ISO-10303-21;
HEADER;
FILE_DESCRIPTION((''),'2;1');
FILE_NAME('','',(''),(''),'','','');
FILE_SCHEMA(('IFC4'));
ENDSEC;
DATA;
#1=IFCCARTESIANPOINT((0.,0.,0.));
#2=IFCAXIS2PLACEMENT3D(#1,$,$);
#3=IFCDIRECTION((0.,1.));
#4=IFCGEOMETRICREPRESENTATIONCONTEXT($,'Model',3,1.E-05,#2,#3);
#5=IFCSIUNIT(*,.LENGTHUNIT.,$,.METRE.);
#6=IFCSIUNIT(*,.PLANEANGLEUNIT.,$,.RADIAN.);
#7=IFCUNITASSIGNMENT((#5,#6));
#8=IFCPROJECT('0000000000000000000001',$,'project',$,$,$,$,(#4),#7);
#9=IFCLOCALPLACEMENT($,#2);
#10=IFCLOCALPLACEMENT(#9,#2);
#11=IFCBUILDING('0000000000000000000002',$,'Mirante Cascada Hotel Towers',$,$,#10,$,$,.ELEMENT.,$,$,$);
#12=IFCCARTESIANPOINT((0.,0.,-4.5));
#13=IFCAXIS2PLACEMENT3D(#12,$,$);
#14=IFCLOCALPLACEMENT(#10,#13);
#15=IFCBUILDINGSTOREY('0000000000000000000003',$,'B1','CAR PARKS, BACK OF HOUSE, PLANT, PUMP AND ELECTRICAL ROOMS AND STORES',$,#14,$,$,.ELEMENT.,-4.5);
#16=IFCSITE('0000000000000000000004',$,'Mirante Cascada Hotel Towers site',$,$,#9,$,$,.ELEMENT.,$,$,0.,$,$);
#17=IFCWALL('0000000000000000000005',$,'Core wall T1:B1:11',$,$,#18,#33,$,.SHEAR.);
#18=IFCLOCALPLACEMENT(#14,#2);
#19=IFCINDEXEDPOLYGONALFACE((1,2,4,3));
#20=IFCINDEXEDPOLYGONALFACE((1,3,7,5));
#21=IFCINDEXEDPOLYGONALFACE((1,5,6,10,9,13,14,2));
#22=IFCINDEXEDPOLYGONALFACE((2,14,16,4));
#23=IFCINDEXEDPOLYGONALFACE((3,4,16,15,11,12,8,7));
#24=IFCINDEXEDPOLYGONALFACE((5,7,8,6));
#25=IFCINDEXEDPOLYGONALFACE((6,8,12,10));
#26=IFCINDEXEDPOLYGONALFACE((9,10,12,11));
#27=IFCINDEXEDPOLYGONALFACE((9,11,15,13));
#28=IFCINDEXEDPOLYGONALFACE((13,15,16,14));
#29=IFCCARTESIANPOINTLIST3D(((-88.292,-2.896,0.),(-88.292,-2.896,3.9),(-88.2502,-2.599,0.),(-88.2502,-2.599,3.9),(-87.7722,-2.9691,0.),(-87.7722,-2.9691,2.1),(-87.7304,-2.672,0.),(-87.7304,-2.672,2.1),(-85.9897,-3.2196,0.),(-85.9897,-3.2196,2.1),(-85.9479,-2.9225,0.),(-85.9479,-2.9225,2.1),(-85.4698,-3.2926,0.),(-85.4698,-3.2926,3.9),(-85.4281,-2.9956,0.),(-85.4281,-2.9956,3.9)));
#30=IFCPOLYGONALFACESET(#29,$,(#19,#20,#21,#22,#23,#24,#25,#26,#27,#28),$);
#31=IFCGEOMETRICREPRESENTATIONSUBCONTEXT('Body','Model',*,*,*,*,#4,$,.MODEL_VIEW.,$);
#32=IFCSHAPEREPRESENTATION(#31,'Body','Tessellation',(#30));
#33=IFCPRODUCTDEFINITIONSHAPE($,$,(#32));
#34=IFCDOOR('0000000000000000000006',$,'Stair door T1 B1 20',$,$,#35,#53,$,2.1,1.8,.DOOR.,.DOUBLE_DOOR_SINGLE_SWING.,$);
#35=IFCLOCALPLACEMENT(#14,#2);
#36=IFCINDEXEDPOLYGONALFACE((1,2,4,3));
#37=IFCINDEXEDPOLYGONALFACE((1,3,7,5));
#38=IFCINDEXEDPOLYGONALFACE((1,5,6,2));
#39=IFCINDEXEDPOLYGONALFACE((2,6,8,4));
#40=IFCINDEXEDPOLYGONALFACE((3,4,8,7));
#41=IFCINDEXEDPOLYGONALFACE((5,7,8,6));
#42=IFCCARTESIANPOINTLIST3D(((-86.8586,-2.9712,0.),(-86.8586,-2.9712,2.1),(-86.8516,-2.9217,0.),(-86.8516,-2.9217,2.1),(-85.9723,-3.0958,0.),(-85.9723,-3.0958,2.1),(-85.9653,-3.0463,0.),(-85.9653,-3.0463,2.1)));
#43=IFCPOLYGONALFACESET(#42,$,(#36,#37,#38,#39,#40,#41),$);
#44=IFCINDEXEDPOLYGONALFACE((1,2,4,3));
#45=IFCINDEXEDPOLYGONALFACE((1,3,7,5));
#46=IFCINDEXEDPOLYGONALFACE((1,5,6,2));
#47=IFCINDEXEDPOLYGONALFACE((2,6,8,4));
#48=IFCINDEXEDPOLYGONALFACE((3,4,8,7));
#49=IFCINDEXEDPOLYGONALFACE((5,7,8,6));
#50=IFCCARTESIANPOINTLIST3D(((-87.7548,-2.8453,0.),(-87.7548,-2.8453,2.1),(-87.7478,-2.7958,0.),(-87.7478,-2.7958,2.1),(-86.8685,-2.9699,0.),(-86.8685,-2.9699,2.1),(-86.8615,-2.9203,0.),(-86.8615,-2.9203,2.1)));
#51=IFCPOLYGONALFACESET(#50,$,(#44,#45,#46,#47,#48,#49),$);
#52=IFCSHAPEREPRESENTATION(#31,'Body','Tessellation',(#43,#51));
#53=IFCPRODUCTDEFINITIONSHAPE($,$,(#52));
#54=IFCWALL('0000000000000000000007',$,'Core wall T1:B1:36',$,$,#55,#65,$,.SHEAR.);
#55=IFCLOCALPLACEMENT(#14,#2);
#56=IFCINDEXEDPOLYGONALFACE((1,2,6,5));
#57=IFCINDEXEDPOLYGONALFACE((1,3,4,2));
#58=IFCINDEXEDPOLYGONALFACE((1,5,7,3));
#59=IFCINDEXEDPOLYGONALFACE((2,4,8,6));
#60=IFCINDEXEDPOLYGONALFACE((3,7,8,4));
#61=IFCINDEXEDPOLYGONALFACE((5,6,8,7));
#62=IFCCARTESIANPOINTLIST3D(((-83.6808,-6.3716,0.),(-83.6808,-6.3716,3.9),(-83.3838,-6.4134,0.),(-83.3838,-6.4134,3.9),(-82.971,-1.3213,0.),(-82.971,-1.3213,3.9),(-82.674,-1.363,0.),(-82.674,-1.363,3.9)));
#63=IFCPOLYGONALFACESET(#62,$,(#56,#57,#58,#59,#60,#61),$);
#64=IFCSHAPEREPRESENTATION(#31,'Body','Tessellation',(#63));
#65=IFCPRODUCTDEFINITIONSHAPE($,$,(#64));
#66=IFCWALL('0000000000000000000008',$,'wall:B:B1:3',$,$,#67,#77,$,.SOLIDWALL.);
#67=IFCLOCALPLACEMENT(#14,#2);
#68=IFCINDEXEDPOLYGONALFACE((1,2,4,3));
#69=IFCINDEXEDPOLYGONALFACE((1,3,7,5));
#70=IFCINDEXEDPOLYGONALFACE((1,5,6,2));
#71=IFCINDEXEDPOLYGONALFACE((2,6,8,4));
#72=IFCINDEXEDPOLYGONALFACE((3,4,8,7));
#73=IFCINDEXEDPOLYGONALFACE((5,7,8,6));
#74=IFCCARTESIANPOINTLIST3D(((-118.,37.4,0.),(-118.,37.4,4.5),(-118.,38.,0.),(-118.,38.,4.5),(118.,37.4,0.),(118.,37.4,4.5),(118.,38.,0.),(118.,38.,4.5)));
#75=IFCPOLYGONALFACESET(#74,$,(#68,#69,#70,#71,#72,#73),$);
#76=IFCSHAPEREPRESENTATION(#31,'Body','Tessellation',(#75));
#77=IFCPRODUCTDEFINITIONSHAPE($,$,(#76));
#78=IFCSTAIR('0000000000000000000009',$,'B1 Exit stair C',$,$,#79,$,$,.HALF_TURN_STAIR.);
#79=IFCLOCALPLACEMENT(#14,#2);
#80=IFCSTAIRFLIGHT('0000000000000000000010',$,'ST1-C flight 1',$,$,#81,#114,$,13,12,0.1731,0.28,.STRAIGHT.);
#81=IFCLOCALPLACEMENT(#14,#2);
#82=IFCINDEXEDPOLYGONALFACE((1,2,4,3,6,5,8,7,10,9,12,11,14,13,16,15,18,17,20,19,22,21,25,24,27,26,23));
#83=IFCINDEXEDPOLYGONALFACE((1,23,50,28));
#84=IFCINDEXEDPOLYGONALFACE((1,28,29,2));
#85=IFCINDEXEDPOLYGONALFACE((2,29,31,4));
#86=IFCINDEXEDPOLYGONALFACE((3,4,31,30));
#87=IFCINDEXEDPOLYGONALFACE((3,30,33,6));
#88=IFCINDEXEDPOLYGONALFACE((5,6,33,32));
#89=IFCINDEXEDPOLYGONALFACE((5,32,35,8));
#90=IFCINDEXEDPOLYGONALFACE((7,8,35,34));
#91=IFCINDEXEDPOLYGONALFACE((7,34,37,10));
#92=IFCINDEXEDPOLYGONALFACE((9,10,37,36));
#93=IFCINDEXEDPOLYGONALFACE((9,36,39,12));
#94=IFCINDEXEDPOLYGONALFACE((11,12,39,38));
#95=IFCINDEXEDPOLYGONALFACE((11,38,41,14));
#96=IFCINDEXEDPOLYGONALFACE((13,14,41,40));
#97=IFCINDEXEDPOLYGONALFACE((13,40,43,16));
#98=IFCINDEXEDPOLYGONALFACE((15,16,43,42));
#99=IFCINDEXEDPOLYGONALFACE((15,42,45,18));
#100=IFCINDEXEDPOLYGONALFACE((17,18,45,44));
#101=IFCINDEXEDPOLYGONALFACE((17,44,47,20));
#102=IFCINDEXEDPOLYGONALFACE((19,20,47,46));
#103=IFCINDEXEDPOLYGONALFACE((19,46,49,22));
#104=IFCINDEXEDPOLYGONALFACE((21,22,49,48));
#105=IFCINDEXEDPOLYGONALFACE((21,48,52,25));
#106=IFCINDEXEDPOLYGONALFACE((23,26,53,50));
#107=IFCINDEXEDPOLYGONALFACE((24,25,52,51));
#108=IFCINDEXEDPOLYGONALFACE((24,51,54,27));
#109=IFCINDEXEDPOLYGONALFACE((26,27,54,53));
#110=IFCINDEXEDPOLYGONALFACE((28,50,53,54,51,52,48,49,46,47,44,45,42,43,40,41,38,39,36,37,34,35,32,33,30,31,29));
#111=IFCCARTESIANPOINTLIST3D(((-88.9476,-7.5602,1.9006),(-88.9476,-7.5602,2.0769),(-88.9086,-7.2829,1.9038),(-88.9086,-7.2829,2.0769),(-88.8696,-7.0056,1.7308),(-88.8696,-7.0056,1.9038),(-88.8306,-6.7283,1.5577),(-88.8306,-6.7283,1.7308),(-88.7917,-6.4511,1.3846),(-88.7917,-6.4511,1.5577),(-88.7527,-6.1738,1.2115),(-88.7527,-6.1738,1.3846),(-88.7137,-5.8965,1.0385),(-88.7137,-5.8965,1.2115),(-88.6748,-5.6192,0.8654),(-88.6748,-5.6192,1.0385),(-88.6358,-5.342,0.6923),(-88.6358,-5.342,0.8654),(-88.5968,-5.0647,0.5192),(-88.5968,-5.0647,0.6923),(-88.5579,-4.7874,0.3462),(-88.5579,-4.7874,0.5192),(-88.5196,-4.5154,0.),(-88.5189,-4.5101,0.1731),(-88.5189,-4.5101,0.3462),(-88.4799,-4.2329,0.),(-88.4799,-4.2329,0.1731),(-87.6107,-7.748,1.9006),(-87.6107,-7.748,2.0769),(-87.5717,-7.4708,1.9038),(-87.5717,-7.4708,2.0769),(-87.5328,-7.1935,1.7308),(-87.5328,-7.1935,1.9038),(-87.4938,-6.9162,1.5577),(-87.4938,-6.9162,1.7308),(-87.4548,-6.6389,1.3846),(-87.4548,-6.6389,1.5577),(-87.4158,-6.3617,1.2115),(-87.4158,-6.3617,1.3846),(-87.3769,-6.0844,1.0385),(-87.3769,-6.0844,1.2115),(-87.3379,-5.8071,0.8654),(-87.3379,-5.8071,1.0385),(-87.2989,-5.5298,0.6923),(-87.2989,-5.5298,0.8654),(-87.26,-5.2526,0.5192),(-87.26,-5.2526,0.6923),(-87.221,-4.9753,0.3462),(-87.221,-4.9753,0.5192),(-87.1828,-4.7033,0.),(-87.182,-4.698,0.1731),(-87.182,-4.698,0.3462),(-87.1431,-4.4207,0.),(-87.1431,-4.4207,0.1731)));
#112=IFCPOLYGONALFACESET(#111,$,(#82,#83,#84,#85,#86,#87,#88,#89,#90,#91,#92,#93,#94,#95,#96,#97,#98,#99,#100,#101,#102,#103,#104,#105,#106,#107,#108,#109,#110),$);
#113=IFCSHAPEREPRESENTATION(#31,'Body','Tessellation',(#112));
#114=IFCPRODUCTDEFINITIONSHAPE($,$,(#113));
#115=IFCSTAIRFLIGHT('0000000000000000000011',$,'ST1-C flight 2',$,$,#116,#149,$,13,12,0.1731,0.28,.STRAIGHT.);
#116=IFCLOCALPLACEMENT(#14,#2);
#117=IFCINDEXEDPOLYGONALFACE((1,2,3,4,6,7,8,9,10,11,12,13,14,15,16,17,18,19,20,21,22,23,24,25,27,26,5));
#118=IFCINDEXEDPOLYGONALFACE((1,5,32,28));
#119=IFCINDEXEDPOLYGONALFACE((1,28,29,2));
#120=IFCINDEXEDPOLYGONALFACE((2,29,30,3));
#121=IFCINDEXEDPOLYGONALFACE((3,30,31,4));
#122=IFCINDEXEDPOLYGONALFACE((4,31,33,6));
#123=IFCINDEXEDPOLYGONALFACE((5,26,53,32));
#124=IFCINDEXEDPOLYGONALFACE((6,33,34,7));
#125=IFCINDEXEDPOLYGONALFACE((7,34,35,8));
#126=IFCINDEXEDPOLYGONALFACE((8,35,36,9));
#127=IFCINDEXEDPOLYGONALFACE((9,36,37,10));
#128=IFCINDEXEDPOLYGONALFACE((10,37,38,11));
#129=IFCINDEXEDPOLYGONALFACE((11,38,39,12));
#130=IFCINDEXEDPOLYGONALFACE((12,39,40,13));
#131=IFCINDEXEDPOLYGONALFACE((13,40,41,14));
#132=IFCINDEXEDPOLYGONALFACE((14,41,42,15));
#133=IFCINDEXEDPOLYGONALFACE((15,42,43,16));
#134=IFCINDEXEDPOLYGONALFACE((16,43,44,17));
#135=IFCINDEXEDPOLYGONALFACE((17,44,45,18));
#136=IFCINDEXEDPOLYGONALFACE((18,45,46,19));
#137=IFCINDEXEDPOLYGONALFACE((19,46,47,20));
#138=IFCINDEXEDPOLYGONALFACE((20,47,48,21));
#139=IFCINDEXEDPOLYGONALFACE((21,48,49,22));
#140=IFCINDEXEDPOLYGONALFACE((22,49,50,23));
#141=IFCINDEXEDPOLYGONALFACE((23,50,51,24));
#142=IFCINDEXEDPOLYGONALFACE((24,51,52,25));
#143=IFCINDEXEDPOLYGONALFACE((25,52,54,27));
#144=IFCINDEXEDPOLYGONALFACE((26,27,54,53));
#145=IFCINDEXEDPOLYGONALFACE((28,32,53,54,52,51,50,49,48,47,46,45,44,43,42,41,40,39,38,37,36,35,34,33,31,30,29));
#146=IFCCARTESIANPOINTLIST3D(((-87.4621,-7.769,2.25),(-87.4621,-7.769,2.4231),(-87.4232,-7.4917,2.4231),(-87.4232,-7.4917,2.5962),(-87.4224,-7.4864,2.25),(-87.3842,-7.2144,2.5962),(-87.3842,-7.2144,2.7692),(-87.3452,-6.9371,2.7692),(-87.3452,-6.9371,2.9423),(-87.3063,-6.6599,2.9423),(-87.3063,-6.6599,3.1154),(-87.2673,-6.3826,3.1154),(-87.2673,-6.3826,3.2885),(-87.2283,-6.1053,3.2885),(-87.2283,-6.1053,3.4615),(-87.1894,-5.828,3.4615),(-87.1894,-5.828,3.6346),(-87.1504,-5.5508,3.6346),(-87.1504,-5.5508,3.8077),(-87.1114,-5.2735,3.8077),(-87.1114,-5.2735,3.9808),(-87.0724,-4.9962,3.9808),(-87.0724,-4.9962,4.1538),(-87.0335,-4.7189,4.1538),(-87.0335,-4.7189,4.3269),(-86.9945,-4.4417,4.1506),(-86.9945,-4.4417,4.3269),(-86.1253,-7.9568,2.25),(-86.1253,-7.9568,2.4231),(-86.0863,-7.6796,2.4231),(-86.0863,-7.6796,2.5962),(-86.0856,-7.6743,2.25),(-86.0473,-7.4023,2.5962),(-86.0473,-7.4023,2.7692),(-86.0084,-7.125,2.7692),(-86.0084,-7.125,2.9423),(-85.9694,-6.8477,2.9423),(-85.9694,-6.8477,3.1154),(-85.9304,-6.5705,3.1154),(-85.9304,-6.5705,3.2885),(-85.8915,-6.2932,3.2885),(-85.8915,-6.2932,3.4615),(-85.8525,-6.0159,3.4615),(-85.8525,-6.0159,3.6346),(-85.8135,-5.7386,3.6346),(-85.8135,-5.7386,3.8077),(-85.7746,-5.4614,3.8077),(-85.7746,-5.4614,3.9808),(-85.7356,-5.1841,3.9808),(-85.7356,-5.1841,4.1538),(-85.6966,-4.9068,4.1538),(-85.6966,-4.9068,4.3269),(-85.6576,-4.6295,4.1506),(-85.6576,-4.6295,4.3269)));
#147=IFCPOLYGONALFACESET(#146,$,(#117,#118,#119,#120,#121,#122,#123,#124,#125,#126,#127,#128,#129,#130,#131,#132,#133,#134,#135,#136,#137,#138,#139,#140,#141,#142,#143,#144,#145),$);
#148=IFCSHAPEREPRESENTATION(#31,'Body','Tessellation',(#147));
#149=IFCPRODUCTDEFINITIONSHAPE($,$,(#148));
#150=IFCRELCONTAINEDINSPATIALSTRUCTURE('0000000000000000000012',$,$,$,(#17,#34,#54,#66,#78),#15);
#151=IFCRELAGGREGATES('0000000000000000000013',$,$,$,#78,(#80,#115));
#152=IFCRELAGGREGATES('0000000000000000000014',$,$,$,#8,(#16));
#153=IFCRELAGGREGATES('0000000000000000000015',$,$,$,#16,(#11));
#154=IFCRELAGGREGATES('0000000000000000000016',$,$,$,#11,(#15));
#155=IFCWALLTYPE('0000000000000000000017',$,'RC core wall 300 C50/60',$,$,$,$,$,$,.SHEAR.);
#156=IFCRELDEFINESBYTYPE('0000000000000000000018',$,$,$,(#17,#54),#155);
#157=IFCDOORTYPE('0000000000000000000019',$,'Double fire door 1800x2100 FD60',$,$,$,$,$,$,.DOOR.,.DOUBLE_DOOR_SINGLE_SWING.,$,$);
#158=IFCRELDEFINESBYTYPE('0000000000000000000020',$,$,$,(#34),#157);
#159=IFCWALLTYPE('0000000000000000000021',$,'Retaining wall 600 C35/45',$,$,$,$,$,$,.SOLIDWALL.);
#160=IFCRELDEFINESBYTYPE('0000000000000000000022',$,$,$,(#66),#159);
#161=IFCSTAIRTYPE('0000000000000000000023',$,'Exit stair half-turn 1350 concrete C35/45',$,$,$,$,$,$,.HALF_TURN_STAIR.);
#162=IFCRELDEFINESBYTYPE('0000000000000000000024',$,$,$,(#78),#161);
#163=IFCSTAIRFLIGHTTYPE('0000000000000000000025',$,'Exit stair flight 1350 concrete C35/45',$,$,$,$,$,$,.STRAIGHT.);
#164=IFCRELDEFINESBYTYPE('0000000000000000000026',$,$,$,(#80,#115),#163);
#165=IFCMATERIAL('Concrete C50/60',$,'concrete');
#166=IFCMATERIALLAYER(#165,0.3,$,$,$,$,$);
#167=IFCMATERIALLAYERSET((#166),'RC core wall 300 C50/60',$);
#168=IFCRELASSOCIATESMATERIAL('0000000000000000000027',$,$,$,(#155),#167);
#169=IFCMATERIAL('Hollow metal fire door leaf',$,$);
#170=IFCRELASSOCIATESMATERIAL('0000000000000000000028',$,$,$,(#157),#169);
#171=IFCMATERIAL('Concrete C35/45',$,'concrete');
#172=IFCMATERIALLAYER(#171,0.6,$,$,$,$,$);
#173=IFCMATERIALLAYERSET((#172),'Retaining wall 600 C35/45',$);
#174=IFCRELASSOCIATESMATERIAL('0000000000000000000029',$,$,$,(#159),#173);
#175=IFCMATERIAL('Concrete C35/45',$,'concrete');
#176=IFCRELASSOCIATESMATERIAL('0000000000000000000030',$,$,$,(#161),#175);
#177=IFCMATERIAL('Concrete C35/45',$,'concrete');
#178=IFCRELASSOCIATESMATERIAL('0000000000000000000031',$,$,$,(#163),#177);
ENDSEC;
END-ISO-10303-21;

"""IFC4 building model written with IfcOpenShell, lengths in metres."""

from ifc_helpers import new_model, si_unit, direction, frame, frame_2d, origin, place, context, subcontext, project, spatial, polyline, rectangle, outline, extrude, material, layer, layer_set, type_object, element, fill, aggregate, save


model = new_model("IFC4")

# Units and contexts
model_context = context("Model", 3, precision=1e-05, world=origin(), true_north=direction((0.0, 1.0)))
body_context = subcontext(model_context, "Body", "Model", "MODEL_VIEW")
ifc_project = project(units=[si_unit("LENGTHUNIT", "METRE"), si_unit("PLANEANGLEUNIT", "RADIAN")], contexts=[model_context])

# Site, building, storey
site_placement = place(None, origin())
site = spatial("IfcSite", under=ifc_project, at=site_placement, Name="Mirante Cascada Hotel Towers site", CompositionType="ELEMENT", RefElevation=0.0)
building_placement = place(site_placement, origin())
building = spatial("IfcBuilding", under=site, at=building_placement, Name="Mirante Cascada Hotel Towers", CompositionType="ELEMENT")
storey_placement = place(building_placement, frame((0.0, 0.0, -4.5)))
storey = spatial("IfcBuildingStorey", under=building, at=storey_placement, Name="B1", Description="CAR PARKS, BACK OF HOUSE, PLANT, PUMP AND ELECTRICAL ROOMS AND STORES", CompositionType="ELEMENT", Elevation=-4.5)

# Wall, opening, door
ifc_material_1 = material(Name="Concrete C50/60", Category="concrete")
ifc_layer_1 = layer(ifc_material_1, 0.3)
ifc_layer_set_1 = layer_set([ifc_layer_1], Name="RC core wall 300 C50/60")
wall_type_1 = type_object("IfcWallType", Name="RC core wall 300 C50/60", PredefinedType="SHEAR", material=ifc_layer_set_1)
wall_1_placement = place(storey_placement, frame((-85.4489, -3.1441, 0.0), z_axis=(0.0, 0.0, 1.0), x_axis=(-0.99027, 0.139161, 0.0)))
wall_1 = element("IfcWall", 1, at=wall_1_placement, inside=storey, type_object=wall_type_1, Name="Core wall T1:B1:11", PredefinedType="SHEAR", context=body_context, shape_type="SweptSolid", body=[
    extrude(rectangle(XDim=2.8499, YDim=0.3, at=frame_2d((1.425, 0.0))), origin(), (0.0, 0.0, 1.0), 3.9),
])
opening_placement = place(wall_1_placement, frame((0.525, 0.0, 0.0)))
opening = element("IfcOpeningElement", 2, at=opening_placement, cuts=wall_1, PredefinedType="OPENING", context=body_context, shape_type="SweptSolid", body=[
    extrude(rectangle(XDim=1.8, YDim=2.1, at=frame_2d((0.9, 1.05))), frame((0.0, 0.15, 0.0), z_axis=(0.0, -1.0, 0.0), x_axis=(1.0, 0.0, 0.0)), (0.0, 0.0, 1.0), 0.3),
])
ifc_material_2 = material(Name="Hollow metal fire door leaf")
door_type = type_object("IfcDoorType", Name="Double fire door 1800x2100 FD60", OperationType="DOUBLE_DOOR_SINGLE_SWING", PredefinedType="DOOR", material=ifc_material_2)
door_placement = place(opening_placement, origin())
door = element("IfcDoor", 3, at=door_placement, inside=storey, type_object=door_type, Name="Stair door T1 B1 20", OperationType="DOUBLE_DOOR_SINGLE_SWING", OverallHeight=2.1, OverallWidth=1.8, PredefinedType="DOOR", context=body_context, shape_type="SweptSolid", body=[
    extrude(rectangle(XDim=0.895, YDim=2.1, at=frame_2d((0.4475, 1.05))), frame((0.0, 0.025, 0.0), z_axis=(0.0, -1.0, 0.0), x_axis=(1.0, 0.0, 0.0)), (0.0, 0.0, 1.0), 0.05),
    extrude(rectangle(XDim=0.895, YDim=2.1, at=frame_2d((1.3525, 1.05))), frame((0.0, 0.025, 0.0), z_axis=(0.0, -1.0, 0.0), x_axis=(1.0, 0.0, 0.0)), (0.0, 0.0, 1.0), 0.05),
])
fill(opening, door)

# Walls
wall_2_placement = place(storey_placement, frame((-83.5323, -6.3925, 0.0), z_axis=(0.0, 0.0, 1.0), x_axis=(0.139176, 0.990268, 0.0)))
element("IfcWall", 4, at=wall_2_placement, inside=storey, type_object=wall_type_1, Name="Core wall T1:B1:36", PredefinedType="SHEAR", context=body_context, shape_type="SweptSolid", body=[
    extrude(rectangle(XDim=5.1, YDim=0.3, at=frame_2d((2.55, 0.0))), origin(), (0.0, 0.0, 1.0), 3.9),
])
ifc_material_3 = material(Name="Concrete C35/45", Category="concrete")
ifc_layer_2 = layer(ifc_material_3, 0.6)
ifc_layer_set_2 = layer_set([ifc_layer_2], Name="Retaining wall 600 C35/45")
wall_type_2 = type_object("IfcWallType", Name="Retaining wall 600 C35/45", PredefinedType="SOLIDWALL", material=ifc_layer_set_2)
wall_3_placement = place(storey_placement, frame((-118.0, 37.7, 0.0), z_axis=(0.0, 0.0, 1.0), x_axis=(1.0, 0.0, 0.0)))
element("IfcWall", 5, at=wall_3_placement, inside=storey, type_object=wall_type_2, Name="wall:B:B1:3", PredefinedType="SOLIDWALL", context=body_context, shape_type="SweptSolid", body=[
    extrude(rectangle(XDim=236.0, YDim=0.6, at=frame_2d((118.0, 0.0))), origin(), (0.0, 0.0, 1.0), 4.5),
])

# Stair, stair flights
ifc_material_4 = material(Name="Concrete C35/45", Category="concrete")
stair_type = type_object("IfcStairType", Name="Exit stair half-turn 1350 concrete C35/45", PredefinedType="HALF_TURN_STAIR", material=ifc_material_4)
stair_placement = place(storey_placement, origin())
stair = element("IfcStair", 6, at=stair_placement, inside=storey, type_object=stair_type, Name="B1 Exit stair C", PredefinedType="HALF_TURN_STAIR")
ifc_material_5 = material(Name="Concrete C35/45", Category="concrete")
stair_flight_type = type_object("IfcStairFlightType", Name="Exit stair flight 1350 concrete C35/45", PredefinedType="STRAIGHT", material=ifc_material_5)
stair_flight_1_placement = place(storey_placement, frame((-87.8115, -4.3268, 0.0), z_axis=(0.0, 0.0, 1.0), x_axis=(-0.139173, -0.990268, 0.0)))
stair_flight_1 = element("IfcStairFlight", 7, at=stair_flight_1_placement, type_object=stair_flight_type, Name="ST1-C flight 1", NumberOfRisers=13, NumberOfTreads=12, PredefinedType="STRAIGHT", RiserHeight=0.1731, TreadLength=0.28, context=body_context, shape_type="SweptSolid", body=[
    extrude(outline(polyline([(0.0, 0.0), (0.0, 0.1731), (0.28, 0.1731), (0.28, 0.3462), (0.56, 0.3462), (0.56, 0.5192), (0.84, 0.5192), (0.84, 0.6923), (1.12, 0.6923), (1.12, 0.8654), (1.4, 0.8654), (1.4, 1.0385), (1.68, 1.0385), (1.68, 1.2115), (1.96, 1.2115), (1.96, 1.3846), (2.24, 1.3846), (2.24, 1.5577), (2.52, 1.5577), (2.52, 1.7308), (2.8, 1.7308), (2.8, 1.9038), (3.08, 1.9038), (3.08, 2.0769), (3.36, 2.0769), (3.36, 2.25), (3.36, 1.9006), (0.2853, 0.0), (0.0, 0.0)])), frame((0.0, 0.675, 0.0), z_axis=(0.0, -1.0, 0.0), x_axis=(1.0, 0.0, 0.0)), (0.0, 0.0, 1.0), 1.35),
])
stair_flight_2_placement = place(storey_placement, frame((-86.7937, -7.8629, 2.25), z_axis=(0.0, 0.0, 1.0), x_axis=(0.139173, 0.990268, 0.0)))
stair_flight_2 = element("IfcStairFlight", 8, at=stair_flight_2_placement, type_object=stair_flight_type, Name="ST1-C flight 2", NumberOfRisers=13, NumberOfTreads=12, PredefinedType="STRAIGHT", RiserHeight=0.1731, TreadLength=0.28, context=body_context, shape_type="SweptSolid", body=[
    extrude(outline(polyline([(0.0, 0.0), (0.0, 0.1731), (0.28, 0.1731), (0.28, 0.3462), (0.56, 0.3462), (0.56, 0.5192), (0.84, 0.5192), (0.84, 0.6923), (1.12, 0.6923), (1.12, 0.8654), (1.4, 0.8654), (1.4, 1.0385), (1.68, 1.0385), (1.68, 1.2115), (1.96, 1.2115), (1.96, 1.3846), (2.24, 1.3846), (2.24, 1.5577), (2.52, 1.5577), (2.52, 1.7308), (2.8, 1.7308), (2.8, 1.9038), (3.08, 1.9038), (3.08, 2.0769), (3.36, 2.0769), (3.36, 2.25), (3.36, 1.9006), (0.2853, 0.0), (0.0, 0.0)])), frame((0.0, 0.675, 0.0), z_axis=(0.0, -1.0, 0.0), x_axis=(1.0, 0.0, 0.0)), (0.0, 0.0, 1.0), 1.35),
])
aggregate(stair, [stair_flight_1, stair_flight_2])

save(model, "model.ifc")
